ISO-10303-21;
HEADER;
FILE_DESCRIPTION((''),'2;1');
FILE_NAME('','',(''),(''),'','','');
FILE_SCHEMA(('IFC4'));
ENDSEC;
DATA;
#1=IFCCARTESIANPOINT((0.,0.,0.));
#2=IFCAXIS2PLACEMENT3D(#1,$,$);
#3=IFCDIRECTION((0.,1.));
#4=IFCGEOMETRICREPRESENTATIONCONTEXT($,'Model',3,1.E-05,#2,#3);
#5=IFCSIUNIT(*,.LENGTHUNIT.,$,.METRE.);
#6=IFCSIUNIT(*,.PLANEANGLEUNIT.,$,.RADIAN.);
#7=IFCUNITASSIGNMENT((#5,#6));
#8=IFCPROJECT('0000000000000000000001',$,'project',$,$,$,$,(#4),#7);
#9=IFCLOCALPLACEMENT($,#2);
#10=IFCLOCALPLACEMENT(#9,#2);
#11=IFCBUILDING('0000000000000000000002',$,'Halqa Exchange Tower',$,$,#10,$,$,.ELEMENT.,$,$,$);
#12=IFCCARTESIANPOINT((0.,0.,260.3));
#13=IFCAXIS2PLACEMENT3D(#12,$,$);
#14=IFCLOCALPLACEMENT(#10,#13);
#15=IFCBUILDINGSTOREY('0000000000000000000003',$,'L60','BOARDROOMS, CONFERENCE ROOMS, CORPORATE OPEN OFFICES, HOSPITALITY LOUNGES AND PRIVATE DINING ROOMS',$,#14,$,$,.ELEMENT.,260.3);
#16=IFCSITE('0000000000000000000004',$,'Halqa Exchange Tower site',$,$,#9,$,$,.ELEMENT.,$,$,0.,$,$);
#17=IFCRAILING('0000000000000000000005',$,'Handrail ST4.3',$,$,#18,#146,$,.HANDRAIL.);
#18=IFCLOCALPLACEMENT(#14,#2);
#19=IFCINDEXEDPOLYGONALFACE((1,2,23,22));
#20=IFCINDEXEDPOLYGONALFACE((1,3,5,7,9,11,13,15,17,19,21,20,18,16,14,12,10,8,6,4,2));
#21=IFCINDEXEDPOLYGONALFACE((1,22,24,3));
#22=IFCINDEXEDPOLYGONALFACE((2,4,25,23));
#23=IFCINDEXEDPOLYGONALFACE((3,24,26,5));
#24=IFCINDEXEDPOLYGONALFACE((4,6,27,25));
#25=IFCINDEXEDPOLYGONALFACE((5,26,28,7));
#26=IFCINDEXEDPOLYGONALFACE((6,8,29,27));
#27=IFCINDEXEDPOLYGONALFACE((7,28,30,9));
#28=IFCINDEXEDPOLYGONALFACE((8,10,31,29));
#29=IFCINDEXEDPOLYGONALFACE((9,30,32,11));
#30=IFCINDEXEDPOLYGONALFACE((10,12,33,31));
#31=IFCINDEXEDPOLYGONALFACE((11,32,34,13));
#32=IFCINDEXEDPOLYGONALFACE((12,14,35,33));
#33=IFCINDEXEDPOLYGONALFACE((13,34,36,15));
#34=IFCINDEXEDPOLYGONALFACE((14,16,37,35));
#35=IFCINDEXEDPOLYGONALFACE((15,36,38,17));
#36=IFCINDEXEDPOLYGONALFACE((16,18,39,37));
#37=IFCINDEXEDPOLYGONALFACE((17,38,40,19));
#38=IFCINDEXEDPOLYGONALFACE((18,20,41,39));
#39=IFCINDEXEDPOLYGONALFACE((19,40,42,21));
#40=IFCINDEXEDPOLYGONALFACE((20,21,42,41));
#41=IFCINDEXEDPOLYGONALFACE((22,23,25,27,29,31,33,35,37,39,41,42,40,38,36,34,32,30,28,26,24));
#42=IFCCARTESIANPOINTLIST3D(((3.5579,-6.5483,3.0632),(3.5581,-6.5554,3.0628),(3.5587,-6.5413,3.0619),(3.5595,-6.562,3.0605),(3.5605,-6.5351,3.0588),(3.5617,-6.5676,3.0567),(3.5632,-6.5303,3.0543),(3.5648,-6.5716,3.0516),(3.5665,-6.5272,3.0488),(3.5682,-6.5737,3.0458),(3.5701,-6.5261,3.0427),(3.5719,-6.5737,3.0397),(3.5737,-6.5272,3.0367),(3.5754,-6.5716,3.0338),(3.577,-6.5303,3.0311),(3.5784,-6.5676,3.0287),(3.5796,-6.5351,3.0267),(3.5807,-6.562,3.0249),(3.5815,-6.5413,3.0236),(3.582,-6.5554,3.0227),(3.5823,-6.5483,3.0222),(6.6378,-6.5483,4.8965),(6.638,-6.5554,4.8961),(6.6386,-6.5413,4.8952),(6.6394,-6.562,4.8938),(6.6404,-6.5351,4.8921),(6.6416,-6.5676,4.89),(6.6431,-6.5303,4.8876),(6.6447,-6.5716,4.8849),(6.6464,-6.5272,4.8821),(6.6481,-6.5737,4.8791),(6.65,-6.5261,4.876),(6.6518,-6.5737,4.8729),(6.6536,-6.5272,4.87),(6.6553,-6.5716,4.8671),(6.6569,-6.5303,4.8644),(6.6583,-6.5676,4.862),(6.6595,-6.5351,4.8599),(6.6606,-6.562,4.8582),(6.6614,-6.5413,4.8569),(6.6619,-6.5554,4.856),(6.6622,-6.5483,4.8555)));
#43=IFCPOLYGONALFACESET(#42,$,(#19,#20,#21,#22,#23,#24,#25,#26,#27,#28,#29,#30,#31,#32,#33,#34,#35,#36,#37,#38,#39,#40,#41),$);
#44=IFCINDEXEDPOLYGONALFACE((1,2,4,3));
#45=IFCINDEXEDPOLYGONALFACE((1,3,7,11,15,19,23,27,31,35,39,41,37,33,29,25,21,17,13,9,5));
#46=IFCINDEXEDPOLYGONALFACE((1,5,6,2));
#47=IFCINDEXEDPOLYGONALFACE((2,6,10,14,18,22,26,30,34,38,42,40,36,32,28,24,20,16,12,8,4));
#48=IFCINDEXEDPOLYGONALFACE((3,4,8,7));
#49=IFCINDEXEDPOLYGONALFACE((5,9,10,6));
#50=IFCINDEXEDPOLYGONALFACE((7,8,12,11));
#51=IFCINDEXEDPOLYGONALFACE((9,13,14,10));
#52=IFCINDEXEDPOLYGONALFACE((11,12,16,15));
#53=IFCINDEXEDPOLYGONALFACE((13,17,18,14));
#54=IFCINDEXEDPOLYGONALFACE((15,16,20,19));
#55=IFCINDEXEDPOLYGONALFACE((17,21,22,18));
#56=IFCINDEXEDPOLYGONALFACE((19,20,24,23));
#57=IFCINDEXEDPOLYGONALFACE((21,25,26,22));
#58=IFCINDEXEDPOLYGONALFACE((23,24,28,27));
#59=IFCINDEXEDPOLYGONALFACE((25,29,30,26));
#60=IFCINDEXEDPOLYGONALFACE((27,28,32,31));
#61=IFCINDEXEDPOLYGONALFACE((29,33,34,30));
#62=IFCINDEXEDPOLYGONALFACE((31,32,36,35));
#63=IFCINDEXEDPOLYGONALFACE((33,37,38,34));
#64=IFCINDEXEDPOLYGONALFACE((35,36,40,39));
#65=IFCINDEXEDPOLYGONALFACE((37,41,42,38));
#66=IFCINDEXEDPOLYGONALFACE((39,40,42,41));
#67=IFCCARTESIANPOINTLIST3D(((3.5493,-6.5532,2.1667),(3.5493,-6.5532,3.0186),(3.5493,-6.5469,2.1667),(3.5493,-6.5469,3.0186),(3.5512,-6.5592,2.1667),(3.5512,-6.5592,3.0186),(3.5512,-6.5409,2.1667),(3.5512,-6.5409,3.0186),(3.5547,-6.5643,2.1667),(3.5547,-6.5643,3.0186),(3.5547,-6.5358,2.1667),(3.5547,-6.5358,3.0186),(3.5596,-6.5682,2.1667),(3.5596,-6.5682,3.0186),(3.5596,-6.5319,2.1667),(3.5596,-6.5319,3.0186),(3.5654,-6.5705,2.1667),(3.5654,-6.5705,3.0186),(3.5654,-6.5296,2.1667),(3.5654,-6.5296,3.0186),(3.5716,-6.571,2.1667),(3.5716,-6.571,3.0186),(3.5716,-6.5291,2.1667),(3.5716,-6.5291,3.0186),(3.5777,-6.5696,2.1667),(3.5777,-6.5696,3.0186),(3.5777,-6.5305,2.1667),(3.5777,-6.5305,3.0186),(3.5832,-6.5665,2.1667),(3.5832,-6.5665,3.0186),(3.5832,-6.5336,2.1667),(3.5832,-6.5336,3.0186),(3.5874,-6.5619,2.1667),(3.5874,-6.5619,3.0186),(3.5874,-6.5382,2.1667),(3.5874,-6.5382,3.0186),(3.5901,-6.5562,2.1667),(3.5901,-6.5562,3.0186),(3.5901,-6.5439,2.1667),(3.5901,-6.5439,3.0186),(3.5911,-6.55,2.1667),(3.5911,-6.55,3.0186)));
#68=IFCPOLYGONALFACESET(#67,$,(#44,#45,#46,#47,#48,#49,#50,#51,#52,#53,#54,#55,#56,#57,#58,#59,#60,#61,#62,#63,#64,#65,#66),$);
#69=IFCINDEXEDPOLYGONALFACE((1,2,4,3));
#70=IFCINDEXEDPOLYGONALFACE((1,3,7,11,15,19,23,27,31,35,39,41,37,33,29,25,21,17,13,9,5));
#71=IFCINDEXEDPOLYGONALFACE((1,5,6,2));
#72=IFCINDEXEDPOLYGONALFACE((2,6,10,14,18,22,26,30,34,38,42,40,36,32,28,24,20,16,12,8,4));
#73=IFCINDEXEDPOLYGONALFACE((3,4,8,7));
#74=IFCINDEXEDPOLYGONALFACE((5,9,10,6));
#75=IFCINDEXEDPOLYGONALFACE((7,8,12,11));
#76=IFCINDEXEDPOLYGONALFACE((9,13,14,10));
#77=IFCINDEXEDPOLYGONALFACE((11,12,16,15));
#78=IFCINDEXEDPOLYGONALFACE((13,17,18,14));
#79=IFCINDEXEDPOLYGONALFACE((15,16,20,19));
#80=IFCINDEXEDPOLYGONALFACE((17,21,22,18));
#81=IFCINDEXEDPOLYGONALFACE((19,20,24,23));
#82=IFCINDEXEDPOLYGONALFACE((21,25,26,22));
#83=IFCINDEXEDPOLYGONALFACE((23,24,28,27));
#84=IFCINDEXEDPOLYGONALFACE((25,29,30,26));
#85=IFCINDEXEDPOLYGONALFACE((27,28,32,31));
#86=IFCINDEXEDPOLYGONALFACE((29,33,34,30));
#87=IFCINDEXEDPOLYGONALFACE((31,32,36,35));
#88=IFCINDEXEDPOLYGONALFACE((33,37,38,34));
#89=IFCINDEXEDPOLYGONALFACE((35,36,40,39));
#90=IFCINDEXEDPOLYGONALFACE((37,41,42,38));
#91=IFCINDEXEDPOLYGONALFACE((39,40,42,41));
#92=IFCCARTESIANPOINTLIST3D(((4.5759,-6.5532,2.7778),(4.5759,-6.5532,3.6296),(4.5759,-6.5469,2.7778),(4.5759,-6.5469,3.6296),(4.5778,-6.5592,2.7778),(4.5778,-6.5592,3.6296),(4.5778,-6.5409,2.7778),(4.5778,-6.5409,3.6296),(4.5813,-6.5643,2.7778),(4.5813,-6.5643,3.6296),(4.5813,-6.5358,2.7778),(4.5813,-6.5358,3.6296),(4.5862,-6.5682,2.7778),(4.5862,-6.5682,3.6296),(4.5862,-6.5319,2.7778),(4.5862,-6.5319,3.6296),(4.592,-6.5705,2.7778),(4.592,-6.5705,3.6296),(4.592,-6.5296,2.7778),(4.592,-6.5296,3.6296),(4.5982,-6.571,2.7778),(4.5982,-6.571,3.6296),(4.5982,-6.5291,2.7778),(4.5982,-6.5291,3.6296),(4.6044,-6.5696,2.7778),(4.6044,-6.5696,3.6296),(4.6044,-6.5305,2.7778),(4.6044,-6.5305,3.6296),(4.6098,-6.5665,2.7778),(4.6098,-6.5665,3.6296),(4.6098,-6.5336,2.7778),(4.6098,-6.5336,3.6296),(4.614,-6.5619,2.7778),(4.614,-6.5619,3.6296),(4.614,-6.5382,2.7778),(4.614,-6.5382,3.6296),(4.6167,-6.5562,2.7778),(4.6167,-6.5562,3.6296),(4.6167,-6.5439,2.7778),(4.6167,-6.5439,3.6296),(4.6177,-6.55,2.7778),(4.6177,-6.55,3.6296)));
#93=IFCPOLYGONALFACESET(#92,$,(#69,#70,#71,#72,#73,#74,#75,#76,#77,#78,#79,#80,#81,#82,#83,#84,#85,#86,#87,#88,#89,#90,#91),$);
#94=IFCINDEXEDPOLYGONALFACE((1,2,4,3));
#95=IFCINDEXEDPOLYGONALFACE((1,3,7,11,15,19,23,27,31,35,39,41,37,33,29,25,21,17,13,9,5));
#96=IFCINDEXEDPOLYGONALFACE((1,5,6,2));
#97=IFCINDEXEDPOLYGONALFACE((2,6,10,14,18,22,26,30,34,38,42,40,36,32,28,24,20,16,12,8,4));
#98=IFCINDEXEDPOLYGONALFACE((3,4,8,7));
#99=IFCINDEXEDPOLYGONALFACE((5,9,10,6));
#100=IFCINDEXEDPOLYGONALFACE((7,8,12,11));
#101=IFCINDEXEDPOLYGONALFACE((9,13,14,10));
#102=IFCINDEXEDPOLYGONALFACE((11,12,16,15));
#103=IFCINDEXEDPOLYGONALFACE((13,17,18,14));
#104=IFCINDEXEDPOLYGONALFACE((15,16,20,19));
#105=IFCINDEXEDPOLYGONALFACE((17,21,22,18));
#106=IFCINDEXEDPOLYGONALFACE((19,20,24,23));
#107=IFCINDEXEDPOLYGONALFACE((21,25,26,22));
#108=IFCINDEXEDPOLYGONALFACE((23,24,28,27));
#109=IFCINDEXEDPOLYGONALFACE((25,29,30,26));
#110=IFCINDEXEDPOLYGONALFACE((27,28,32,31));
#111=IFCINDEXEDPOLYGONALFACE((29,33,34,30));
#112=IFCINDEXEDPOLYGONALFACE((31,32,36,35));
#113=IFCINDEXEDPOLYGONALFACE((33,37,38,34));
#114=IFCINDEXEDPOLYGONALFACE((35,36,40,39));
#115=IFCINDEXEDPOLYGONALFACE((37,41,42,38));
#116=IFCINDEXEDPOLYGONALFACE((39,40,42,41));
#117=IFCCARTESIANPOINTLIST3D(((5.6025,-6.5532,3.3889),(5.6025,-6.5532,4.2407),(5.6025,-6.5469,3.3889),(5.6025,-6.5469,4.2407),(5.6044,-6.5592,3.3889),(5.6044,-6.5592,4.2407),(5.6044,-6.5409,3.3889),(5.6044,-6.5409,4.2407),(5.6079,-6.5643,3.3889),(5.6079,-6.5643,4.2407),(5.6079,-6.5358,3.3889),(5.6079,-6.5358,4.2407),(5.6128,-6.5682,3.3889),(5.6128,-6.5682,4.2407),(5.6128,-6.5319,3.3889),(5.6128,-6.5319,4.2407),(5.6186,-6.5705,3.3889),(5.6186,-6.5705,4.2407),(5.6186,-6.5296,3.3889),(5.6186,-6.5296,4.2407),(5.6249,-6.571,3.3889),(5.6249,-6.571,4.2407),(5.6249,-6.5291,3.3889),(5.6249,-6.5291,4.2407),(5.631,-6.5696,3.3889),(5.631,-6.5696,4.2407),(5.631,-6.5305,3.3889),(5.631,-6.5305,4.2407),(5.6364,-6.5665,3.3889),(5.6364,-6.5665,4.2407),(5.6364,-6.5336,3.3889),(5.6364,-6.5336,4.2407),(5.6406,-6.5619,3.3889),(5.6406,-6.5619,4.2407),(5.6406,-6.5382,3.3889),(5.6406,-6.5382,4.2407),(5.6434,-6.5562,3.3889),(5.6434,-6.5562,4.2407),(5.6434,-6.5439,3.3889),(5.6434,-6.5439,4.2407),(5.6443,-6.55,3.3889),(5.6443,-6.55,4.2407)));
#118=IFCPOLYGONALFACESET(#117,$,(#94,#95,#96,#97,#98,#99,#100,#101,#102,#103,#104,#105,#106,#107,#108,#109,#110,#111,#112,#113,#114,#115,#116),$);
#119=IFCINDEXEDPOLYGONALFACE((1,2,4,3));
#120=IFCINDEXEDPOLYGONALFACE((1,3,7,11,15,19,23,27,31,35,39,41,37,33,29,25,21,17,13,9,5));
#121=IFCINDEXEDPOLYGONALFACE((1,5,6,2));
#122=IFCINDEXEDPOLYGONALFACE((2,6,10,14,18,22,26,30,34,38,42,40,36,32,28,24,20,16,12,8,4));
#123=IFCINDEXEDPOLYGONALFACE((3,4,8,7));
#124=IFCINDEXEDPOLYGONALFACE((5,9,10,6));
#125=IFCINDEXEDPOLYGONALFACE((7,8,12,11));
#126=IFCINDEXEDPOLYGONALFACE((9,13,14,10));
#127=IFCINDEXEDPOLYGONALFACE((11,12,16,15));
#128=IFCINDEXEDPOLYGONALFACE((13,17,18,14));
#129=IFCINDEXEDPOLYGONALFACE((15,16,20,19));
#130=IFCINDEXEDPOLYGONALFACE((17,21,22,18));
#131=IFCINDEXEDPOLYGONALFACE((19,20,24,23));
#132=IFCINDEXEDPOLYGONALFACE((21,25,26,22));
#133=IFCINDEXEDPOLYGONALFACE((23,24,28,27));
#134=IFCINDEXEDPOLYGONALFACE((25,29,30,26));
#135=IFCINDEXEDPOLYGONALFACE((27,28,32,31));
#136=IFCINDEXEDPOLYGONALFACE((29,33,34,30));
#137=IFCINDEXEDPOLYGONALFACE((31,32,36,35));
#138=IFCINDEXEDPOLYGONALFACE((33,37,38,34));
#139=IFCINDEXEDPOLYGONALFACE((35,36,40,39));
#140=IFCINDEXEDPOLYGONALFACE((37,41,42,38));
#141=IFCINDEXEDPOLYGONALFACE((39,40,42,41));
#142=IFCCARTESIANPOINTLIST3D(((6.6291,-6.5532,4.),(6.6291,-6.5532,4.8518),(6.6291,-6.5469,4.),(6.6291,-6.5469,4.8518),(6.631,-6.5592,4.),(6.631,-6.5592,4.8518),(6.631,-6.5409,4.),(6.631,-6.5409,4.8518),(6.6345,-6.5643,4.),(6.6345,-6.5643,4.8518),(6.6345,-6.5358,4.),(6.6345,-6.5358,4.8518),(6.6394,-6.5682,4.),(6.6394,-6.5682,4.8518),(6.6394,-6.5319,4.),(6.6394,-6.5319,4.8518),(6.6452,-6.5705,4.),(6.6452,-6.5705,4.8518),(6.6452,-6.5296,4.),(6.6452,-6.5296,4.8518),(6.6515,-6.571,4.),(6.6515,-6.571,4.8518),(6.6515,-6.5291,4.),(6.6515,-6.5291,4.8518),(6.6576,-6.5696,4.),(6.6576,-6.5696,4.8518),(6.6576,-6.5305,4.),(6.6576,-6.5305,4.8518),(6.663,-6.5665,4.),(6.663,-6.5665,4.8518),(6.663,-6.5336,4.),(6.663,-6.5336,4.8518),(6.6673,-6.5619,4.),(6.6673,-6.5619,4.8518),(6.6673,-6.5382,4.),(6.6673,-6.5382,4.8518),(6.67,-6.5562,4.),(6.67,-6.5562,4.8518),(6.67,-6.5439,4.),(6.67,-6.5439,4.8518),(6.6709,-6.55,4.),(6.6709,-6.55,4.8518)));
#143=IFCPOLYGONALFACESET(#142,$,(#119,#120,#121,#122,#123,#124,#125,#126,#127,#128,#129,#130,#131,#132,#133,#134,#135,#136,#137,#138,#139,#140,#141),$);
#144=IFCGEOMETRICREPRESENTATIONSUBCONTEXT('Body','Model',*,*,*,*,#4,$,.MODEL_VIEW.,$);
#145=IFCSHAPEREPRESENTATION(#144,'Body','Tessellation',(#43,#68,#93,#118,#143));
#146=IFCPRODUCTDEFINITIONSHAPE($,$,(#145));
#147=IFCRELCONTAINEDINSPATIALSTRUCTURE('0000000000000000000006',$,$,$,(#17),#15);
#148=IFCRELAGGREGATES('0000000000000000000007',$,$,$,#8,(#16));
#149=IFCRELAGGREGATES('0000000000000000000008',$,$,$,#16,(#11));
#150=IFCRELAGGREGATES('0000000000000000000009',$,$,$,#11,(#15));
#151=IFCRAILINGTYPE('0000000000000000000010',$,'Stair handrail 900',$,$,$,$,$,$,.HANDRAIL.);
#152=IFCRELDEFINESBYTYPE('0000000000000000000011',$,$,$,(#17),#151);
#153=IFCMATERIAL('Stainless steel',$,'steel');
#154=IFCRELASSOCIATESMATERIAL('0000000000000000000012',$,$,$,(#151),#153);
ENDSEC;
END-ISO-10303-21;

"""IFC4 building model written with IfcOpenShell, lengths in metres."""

from ifc_helpers import new_model, si_unit, direction, frame, origin, origin_2d, place, context, subcontext, project, spatial, circle, extrude, material, type_object, element, save


model = new_model("IFC4")

# Units and contexts
model_context = context("Model", 3, precision=1e-05, world=origin(), true_north=direction((0.0, 1.0)))
body_context = subcontext(model_context, "Body", "Model", "MODEL_VIEW")
ifc_project = project(units=[si_unit("LENGTHUNIT", "METRE"), si_unit("PLANEANGLEUNIT", "RADIAN")], contexts=[model_context])

# Site, building, storey
site_placement = place(None, origin())
site = spatial("IfcSite", under=ifc_project, at=site_placement, Name="Halqa Exchange Tower site", CompositionType="ELEMENT", RefElevation=0.0)
building_placement = place(site_placement, origin())
building = spatial("IfcBuilding", under=site, at=building_placement, Name="Halqa Exchange Tower", CompositionType="ELEMENT")
storey_placement = place(building_placement, frame((0.0, 0.0, 260.3)))
storey = spatial("IfcBuildingStorey", under=building, at=storey_placement, Name="L60", Description="BOARDROOMS, CONFERENCE ROOMS, CORPORATE OPEN OFFICES, HOSPITALITY LOUNGES AND PRIVATE DINING ROOMS", CompositionType="ELEMENT", Elevation=260.3)

# Railing
ifc_material_1 = material(Name="Stainless steel", Category="steel")
railing_type_1 = type_object("IfcRailingType", Name="Stair handrail 900", PredefinedType="HANDRAIL", material=ifc_material_1)
railing_1_placement = place(storey_placement, frame((3.5701, -6.55, 2.1667)))
element("IfcRailing", 1, at=railing_1_placement, inside=storey, type_object=railing_type_1, Name="Handrail ST4.3", PredefinedType="HANDRAIL", context=body_context, shape_type="SweptSolid", body=[
    extrude(circle(Radius=0.0239, at=origin_2d()), frame((0.0, 0.0, 0.876), z_axis=(0.859291, 0.0, 0.511487), x_axis=(0.0, 1.0, 0.0)), (0.0, 0.0, 1.0), 3.5842),
    extrude(circle(Radius=0.021, at=origin_2d()), origin(), (0.0, 0.0, 1.0), 0.8518),
    extrude(circle(Radius=0.021, at=origin_2d()), frame((1.0266, 0.0, 0.6111)), (0.0, 0.0, 1.0), 0.8518),
    extrude(circle(Radius=0.021, at=origin_2d()), frame((2.0532, 0.0, 1.2222)), (0.0, 0.0, 1.0), 0.8518),
    extrude(circle(Radius=0.021, at=origin_2d()), frame((3.0798, 0.0, 1.8333)), (0.0, 0.0, 1.0), 0.8518),
])

save(model, "model.ifc")
